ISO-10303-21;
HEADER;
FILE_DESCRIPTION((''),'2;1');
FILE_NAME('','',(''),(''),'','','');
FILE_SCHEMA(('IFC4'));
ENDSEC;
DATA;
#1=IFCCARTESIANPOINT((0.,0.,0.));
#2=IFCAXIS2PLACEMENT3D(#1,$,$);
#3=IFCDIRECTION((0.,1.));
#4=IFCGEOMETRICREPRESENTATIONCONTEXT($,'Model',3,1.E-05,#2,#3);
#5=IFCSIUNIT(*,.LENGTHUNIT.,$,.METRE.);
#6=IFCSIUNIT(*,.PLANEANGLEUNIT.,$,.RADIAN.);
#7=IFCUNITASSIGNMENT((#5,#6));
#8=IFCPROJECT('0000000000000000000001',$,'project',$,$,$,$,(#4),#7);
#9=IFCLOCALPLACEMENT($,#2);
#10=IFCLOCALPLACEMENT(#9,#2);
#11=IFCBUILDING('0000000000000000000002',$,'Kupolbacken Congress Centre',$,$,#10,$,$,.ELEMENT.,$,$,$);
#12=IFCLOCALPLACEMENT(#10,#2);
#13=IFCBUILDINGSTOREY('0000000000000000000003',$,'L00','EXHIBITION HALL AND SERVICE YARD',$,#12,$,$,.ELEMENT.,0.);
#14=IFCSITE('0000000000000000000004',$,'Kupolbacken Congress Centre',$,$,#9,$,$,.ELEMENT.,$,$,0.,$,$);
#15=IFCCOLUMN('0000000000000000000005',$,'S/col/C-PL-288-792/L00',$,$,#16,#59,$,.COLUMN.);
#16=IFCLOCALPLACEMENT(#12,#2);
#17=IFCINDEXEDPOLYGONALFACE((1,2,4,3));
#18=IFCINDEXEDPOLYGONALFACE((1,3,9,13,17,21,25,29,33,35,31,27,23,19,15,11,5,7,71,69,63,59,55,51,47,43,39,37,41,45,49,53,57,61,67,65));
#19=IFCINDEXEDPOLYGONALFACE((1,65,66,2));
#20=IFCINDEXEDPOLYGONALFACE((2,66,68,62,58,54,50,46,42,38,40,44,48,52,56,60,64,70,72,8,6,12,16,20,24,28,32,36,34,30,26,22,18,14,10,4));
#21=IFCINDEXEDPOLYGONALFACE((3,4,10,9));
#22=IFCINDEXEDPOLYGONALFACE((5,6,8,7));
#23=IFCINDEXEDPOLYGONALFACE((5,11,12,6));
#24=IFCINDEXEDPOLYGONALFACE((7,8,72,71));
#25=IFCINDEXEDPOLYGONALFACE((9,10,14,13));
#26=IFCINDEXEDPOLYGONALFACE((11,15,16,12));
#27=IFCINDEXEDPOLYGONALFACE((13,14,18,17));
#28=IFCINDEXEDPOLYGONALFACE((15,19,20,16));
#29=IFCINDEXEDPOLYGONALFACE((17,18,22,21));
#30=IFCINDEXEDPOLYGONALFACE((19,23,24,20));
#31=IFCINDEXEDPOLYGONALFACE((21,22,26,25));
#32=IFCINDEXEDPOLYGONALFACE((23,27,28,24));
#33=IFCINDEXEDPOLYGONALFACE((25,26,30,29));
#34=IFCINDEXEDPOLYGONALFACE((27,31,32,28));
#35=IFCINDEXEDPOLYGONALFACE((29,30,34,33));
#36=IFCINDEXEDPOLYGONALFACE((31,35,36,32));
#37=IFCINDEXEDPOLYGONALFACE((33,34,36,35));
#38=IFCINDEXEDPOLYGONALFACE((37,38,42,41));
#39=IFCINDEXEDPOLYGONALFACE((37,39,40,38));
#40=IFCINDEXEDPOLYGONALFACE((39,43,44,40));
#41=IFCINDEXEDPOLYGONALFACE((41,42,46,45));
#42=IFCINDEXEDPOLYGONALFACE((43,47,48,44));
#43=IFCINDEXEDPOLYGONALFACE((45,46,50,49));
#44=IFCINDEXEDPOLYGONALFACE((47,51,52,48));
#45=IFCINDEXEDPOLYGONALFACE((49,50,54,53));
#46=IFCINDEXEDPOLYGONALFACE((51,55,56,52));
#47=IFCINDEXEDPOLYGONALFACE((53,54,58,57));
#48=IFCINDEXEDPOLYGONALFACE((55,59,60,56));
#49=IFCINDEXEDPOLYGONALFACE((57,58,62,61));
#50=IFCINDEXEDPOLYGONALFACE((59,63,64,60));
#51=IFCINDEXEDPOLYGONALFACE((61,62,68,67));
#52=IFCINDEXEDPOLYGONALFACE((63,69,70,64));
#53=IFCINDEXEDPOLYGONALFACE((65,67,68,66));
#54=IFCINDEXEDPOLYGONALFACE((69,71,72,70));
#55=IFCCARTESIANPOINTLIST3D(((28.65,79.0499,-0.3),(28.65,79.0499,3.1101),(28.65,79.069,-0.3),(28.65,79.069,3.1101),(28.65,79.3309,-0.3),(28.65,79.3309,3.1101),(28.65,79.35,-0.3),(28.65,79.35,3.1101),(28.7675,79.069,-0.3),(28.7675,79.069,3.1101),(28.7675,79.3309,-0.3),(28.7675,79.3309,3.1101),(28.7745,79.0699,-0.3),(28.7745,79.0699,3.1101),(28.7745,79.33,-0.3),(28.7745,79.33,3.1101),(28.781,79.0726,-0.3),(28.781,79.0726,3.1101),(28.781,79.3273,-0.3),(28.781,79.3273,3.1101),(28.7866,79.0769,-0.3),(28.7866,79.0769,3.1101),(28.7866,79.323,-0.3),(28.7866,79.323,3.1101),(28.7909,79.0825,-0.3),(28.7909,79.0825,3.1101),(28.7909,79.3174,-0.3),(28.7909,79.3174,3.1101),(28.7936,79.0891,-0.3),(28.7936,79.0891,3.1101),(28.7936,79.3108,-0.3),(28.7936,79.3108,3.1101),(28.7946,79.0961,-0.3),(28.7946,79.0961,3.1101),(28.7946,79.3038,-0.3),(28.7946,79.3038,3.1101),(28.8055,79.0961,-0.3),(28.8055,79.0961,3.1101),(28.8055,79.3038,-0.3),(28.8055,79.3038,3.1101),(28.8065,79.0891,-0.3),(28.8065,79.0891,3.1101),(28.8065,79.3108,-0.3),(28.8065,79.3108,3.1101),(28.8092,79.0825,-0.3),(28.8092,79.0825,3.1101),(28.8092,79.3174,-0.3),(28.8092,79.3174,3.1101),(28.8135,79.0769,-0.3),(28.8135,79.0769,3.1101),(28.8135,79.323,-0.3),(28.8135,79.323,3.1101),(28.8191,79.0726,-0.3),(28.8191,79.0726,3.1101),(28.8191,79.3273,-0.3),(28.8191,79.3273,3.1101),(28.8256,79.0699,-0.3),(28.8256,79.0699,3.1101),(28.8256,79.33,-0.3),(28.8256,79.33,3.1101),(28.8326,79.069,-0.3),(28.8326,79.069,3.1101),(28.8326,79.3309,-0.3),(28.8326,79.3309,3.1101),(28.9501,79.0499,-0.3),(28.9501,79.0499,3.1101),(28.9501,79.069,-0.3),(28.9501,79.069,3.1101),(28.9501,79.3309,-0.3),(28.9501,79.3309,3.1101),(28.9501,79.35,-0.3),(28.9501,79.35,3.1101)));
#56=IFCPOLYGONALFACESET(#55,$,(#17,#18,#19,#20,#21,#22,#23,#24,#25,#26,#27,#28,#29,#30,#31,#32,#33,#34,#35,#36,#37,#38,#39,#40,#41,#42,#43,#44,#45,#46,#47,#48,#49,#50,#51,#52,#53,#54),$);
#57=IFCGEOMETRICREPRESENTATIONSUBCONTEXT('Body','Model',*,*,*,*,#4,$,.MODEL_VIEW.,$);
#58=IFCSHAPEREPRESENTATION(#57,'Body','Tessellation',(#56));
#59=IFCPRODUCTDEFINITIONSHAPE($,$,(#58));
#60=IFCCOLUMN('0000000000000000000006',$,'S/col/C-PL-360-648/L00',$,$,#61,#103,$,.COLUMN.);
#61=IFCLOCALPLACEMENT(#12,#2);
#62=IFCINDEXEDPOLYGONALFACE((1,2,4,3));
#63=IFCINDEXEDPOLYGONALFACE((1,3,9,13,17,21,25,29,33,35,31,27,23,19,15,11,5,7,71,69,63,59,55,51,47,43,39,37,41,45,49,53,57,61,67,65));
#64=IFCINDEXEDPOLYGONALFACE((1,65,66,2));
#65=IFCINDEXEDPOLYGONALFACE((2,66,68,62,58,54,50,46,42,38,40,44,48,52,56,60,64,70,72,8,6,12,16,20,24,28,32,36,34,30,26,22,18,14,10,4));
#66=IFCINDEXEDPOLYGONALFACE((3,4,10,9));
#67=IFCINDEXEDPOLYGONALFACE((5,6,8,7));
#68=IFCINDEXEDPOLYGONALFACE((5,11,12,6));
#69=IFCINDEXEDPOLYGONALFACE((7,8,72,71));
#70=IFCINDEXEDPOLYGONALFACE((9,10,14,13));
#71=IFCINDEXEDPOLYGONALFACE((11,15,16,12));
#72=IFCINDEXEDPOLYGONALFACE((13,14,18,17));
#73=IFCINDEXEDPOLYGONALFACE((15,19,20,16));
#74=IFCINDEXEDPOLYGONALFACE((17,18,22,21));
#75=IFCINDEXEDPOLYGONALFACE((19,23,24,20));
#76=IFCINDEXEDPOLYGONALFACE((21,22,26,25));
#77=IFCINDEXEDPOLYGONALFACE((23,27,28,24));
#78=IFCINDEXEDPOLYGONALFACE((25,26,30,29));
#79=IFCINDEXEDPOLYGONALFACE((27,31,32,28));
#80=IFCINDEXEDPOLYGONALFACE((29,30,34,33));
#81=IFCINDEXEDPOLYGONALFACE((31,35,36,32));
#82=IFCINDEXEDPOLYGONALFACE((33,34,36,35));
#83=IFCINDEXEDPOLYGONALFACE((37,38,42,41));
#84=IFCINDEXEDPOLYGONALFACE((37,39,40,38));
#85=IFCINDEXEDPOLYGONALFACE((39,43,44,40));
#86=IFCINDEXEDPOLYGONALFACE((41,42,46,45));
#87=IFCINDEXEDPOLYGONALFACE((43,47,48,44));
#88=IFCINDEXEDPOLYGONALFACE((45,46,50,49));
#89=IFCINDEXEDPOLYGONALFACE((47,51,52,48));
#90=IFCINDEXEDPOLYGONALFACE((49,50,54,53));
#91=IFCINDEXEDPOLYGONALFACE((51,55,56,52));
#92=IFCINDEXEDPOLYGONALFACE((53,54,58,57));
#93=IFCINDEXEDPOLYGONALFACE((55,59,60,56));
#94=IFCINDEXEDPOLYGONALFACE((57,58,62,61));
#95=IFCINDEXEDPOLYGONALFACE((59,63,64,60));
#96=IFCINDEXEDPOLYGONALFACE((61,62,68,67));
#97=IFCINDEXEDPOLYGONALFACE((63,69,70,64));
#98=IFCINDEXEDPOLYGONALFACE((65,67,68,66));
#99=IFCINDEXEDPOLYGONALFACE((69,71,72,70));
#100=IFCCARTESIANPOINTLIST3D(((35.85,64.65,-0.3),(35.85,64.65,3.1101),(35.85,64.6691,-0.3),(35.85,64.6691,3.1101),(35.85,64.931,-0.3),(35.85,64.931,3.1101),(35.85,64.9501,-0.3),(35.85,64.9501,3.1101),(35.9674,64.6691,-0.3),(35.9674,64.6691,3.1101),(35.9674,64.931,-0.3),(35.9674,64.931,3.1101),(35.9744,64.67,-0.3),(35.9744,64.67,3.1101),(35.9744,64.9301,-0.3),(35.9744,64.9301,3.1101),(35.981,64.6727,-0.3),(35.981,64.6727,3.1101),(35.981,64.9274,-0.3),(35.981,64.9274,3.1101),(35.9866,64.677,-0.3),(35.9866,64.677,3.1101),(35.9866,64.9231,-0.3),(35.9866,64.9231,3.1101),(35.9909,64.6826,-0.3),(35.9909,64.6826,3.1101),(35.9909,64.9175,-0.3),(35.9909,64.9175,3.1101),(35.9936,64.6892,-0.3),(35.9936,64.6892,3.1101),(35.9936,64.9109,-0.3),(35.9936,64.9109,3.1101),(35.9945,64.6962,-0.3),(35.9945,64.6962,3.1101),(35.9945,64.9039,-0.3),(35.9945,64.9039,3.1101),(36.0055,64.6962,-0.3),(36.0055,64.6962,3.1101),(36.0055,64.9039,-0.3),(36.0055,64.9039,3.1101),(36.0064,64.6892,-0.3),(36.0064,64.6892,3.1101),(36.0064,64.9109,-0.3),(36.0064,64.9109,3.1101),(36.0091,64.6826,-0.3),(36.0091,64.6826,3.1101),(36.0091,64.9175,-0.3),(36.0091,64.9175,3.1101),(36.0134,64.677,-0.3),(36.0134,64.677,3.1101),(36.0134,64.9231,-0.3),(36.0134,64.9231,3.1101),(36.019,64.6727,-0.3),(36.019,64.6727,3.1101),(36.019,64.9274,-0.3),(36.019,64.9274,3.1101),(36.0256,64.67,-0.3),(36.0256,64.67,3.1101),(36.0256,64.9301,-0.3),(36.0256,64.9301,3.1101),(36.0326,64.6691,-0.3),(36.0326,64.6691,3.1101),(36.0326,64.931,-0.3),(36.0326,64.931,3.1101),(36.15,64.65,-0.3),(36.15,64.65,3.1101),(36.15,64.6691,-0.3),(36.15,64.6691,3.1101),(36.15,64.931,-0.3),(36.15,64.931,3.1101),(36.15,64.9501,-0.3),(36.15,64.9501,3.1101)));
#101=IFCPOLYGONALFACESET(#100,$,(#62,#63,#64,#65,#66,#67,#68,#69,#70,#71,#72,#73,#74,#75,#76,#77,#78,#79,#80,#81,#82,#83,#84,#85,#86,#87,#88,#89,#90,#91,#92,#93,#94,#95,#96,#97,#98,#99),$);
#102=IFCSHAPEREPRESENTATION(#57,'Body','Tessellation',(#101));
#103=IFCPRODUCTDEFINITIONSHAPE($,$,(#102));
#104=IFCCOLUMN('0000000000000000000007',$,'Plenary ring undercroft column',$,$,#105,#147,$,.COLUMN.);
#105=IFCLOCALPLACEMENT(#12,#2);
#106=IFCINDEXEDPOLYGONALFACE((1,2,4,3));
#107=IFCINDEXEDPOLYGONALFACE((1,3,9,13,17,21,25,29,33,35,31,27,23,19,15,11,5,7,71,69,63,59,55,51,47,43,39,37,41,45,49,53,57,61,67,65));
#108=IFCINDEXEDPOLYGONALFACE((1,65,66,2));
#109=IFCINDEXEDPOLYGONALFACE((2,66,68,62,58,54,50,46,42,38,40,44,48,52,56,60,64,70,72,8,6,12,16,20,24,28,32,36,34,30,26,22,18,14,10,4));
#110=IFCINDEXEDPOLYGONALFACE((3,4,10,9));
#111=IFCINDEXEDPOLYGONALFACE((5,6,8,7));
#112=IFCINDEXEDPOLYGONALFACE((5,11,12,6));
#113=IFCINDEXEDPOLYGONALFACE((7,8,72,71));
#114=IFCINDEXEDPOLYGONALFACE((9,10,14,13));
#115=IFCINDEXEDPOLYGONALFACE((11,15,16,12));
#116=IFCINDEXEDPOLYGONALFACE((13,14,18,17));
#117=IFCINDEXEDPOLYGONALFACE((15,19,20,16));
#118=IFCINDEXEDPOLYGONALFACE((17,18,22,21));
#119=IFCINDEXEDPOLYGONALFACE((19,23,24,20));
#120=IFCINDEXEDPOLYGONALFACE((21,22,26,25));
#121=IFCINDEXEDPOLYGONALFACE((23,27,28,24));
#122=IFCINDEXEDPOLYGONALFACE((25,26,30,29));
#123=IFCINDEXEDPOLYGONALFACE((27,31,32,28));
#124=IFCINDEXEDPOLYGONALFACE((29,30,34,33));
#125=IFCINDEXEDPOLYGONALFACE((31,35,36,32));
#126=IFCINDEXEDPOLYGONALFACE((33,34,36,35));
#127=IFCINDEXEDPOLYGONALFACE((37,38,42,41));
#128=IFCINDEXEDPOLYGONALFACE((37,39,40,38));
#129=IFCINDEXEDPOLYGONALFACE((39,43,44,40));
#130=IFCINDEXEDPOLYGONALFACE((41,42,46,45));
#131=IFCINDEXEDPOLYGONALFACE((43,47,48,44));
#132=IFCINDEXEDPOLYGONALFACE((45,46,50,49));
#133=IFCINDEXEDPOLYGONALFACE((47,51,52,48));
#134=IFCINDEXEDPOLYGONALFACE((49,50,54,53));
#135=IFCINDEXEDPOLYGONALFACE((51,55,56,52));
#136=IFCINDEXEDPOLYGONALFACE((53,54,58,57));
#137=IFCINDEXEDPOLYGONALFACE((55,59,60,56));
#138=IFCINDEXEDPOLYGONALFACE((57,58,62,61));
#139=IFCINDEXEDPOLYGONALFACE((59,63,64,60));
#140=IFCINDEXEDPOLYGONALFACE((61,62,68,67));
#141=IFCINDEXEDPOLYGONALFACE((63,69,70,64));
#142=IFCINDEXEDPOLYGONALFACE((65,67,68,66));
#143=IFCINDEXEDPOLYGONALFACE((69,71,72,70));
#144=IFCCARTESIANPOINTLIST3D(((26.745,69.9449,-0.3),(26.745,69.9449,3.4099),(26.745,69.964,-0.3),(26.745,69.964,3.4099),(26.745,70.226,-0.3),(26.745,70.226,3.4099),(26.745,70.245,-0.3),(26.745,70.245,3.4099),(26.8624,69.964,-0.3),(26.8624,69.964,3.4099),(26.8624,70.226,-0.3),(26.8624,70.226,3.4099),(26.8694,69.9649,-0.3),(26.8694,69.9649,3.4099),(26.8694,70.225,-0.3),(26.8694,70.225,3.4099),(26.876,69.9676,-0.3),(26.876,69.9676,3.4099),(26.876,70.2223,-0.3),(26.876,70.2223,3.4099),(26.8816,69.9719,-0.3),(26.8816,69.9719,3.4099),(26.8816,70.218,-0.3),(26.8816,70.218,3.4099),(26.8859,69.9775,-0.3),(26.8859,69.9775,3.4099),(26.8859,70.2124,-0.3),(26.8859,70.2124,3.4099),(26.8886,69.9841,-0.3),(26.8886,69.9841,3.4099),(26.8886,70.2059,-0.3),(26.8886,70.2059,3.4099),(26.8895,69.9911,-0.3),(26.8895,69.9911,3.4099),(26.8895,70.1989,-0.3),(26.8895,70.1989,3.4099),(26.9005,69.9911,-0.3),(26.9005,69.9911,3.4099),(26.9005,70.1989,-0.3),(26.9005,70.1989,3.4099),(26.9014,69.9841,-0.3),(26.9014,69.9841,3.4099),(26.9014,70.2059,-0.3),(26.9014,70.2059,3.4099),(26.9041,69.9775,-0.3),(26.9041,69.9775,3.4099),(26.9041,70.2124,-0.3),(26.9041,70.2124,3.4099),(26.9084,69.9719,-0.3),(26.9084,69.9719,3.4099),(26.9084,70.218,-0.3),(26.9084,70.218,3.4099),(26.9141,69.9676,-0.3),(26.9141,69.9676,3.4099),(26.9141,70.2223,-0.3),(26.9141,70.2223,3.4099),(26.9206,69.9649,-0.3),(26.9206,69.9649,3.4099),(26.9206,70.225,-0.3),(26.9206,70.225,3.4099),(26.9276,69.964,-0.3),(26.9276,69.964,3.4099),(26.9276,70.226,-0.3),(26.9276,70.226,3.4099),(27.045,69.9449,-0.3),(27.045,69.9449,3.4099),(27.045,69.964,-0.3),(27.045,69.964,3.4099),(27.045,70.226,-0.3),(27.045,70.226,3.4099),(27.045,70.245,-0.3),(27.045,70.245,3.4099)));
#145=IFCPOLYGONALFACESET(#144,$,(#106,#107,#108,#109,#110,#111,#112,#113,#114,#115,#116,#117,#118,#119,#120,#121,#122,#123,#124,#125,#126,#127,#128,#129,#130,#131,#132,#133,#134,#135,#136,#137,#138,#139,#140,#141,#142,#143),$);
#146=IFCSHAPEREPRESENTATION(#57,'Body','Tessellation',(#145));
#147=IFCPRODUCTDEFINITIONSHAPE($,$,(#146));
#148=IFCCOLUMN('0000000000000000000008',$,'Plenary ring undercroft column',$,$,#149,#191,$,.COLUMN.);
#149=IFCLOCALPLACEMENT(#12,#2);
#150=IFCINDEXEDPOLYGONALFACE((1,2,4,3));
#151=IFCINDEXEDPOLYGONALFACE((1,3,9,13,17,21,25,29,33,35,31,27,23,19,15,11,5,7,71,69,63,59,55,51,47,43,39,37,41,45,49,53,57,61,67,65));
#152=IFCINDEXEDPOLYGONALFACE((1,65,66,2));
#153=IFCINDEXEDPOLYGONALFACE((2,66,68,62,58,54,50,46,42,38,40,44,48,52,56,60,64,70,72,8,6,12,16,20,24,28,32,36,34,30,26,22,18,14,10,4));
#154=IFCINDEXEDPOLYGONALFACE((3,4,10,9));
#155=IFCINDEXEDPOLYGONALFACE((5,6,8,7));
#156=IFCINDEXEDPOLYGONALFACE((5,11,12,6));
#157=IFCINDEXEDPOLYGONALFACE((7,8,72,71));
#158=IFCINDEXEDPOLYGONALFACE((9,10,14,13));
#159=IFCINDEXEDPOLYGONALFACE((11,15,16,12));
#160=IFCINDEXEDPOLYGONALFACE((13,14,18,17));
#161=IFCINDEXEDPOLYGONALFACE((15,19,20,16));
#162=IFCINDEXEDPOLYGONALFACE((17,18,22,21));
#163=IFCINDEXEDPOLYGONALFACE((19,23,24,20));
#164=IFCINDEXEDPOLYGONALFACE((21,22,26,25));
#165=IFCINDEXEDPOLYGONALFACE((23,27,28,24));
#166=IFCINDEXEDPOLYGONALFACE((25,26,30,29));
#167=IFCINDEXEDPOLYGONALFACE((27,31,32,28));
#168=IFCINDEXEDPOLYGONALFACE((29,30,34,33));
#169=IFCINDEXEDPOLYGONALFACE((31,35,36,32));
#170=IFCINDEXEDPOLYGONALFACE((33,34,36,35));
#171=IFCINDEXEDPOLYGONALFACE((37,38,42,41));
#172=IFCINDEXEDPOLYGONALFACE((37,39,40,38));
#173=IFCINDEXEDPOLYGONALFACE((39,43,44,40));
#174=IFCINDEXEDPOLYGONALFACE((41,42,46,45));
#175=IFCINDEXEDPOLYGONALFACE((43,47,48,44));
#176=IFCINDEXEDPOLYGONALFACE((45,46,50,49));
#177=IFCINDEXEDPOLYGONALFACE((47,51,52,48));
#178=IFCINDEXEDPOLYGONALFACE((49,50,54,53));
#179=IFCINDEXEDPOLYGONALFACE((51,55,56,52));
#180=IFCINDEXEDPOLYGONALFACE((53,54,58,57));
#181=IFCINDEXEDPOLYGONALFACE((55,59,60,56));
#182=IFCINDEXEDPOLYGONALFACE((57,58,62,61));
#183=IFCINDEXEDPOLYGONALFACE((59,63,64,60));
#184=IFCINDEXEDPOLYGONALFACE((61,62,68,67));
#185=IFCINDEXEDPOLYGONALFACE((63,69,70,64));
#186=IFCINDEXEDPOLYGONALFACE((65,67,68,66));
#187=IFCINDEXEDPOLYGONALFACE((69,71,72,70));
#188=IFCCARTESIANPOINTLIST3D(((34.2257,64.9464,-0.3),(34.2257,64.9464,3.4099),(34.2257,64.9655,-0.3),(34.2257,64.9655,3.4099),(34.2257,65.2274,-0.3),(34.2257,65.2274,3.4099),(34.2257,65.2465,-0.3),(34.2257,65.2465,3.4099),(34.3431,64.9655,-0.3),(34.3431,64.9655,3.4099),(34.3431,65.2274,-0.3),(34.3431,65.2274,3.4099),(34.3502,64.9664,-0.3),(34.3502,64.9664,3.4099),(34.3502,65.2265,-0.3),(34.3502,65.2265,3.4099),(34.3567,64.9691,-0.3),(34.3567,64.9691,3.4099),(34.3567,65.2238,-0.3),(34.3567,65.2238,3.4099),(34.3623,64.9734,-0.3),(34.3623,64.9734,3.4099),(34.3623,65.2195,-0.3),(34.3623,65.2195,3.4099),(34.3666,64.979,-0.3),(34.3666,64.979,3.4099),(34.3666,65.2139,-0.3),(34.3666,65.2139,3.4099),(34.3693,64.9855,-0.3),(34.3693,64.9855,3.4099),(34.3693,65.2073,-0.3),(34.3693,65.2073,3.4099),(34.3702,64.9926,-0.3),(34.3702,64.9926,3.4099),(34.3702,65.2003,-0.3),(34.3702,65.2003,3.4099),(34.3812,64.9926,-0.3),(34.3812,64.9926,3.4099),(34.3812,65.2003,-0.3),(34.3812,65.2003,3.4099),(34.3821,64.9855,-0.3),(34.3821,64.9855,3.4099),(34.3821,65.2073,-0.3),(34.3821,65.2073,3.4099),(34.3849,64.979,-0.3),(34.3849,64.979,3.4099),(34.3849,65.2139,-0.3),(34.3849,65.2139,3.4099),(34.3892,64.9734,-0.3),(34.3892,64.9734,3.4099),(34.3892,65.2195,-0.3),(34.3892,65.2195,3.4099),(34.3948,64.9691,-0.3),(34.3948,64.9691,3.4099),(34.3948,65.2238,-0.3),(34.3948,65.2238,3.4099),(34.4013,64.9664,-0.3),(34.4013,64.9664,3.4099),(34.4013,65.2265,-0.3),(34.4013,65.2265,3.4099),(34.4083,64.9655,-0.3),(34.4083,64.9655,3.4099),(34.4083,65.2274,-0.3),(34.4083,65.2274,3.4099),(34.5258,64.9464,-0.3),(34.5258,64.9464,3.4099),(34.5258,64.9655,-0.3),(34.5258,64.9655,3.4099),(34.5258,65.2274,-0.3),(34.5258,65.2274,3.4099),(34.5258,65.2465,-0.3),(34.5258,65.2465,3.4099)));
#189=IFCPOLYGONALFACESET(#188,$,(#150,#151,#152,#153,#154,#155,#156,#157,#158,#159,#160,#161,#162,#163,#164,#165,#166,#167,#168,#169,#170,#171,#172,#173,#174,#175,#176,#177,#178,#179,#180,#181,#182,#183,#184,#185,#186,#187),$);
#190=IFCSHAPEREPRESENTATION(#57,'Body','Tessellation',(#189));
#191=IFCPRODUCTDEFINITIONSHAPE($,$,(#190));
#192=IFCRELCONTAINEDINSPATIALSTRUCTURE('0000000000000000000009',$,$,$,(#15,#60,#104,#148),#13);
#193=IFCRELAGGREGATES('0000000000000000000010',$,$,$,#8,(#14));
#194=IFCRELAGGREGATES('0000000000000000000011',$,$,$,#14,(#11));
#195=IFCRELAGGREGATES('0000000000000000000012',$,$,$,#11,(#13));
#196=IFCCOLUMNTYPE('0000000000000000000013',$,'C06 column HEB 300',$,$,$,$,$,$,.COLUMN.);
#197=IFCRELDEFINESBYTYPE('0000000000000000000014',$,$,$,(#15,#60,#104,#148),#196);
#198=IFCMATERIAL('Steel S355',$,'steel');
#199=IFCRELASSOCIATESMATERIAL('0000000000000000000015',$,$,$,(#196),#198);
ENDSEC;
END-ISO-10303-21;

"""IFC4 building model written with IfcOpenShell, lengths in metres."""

from ifc_helpers import new_model, si_unit, direction, frame, origin, origin_2d, place, context, subcontext, project, spatial, i_section, extrude, material, material_profile, profile_set, type_object, element, save


model = new_model("IFC4")

# Units and contexts
model_context = context("Model", 3, precision=1e-05, world=origin(), true_north=direction((0.0, 1.0)))
body_context = subcontext(model_context, "Body", "Model", "MODEL_VIEW")
ifc_project = project(units=[si_unit("LENGTHUNIT", "METRE"), si_unit("PLANEANGLEUNIT", "RADIAN")], contexts=[model_context])

# Site, building, storey
site_placement = place(None, origin())
site = spatial("IfcSite", under=ifc_project, at=site_placement, Name="Kupolbacken Congress Centre", CompositionType="ELEMENT", RefElevation=0.0)
building_placement = place(site_placement, origin())
building = spatial("IfcBuilding", under=site, at=building_placement, Name="Kupolbacken Congress Centre", CompositionType="ELEMENT")
storey_placement = place(building_placement, origin())
storey = spatial("IfcBuildingStorey", under=building, at=storey_placement, Name="L00", Description="EXHIBITION HALL AND SERVICE YARD", CompositionType="ELEMENT", Elevation=0.0)

# Columns
ifc_material_1 = material(Name="Steel S355", Category="steel")
ifc_material_profile_1 = material_profile(ifc_material_1, i_section(OverallWidth=0.3, OverallDepth=0.3, WebThickness=0.011, FlangeThickness=0.019, FilletRadius=0.0271, at=origin_2d()), Name="HEB 300")
ifc_profile_set_1 = profile_set([ifc_material_profile_1], Name="Steel S355")
column_type_1 = type_object("IfcColumnType", Name="C06 column HEB 300", PredefinedType="COLUMN", material=ifc_profile_set_1)
for number, where, z_axis, x_axis, name in (
    (1, (28.8, 79.2, -0.3), (0.0, 0.0, 1.0), (1.0, 0.0, 0.0), "S/col/C-PL-288-792/L00"),
    (2, (36.0, 64.8, -0.3), (0.0, 0.0, 1.0), (1.0, 0.0, 0.0), "S/col/C-PL-360-648/L00"),
):
    element("IfcColumn", number, at=place(storey_placement, frame(where, z_axis=z_axis, x_axis=x_axis)), inside=storey, type_object=column_type_1, Name=name, PredefinedType="COLUMN", context=body_context, shape_type="SweptSolid", body=[
        extrude(i_section(OverallWidth=0.3, OverallDepth=0.3, WebThickness=0.011, FlangeThickness=0.019, FilletRadius=0.0271, at=origin_2d()), origin(), (0.0, 0.0, 1.0), 3.4102),
    ])
for number, where, z_axis, x_axis, name in (
    (3, (26.895, 70.095, -0.3), (0.0, 0.0, 1.0), (1.0, 0.0, 0.0), "Plenary ring undercroft column"),
    (4, (34.3757, 65.0964, -0.3), (0.0, 0.0, 1.0), (1.0, 0.0, 0.0), "Plenary ring undercroft column"),
):
    element("IfcColumn", number, at=place(storey_placement, frame(where, z_axis=z_axis, x_axis=x_axis)), inside=storey, type_object=column_type_1, Name=name, PredefinedType="COLUMN", context=body_context, shape_type="SweptSolid", body=[
        extrude(i_section(OverallWidth=0.3, OverallDepth=0.3, WebThickness=0.011, FlangeThickness=0.019, FilletRadius=0.0271, at=origin_2d()), origin(), (0.0, 0.0, 1.0), 3.71),
    ])

save(model, "model.ifc")
